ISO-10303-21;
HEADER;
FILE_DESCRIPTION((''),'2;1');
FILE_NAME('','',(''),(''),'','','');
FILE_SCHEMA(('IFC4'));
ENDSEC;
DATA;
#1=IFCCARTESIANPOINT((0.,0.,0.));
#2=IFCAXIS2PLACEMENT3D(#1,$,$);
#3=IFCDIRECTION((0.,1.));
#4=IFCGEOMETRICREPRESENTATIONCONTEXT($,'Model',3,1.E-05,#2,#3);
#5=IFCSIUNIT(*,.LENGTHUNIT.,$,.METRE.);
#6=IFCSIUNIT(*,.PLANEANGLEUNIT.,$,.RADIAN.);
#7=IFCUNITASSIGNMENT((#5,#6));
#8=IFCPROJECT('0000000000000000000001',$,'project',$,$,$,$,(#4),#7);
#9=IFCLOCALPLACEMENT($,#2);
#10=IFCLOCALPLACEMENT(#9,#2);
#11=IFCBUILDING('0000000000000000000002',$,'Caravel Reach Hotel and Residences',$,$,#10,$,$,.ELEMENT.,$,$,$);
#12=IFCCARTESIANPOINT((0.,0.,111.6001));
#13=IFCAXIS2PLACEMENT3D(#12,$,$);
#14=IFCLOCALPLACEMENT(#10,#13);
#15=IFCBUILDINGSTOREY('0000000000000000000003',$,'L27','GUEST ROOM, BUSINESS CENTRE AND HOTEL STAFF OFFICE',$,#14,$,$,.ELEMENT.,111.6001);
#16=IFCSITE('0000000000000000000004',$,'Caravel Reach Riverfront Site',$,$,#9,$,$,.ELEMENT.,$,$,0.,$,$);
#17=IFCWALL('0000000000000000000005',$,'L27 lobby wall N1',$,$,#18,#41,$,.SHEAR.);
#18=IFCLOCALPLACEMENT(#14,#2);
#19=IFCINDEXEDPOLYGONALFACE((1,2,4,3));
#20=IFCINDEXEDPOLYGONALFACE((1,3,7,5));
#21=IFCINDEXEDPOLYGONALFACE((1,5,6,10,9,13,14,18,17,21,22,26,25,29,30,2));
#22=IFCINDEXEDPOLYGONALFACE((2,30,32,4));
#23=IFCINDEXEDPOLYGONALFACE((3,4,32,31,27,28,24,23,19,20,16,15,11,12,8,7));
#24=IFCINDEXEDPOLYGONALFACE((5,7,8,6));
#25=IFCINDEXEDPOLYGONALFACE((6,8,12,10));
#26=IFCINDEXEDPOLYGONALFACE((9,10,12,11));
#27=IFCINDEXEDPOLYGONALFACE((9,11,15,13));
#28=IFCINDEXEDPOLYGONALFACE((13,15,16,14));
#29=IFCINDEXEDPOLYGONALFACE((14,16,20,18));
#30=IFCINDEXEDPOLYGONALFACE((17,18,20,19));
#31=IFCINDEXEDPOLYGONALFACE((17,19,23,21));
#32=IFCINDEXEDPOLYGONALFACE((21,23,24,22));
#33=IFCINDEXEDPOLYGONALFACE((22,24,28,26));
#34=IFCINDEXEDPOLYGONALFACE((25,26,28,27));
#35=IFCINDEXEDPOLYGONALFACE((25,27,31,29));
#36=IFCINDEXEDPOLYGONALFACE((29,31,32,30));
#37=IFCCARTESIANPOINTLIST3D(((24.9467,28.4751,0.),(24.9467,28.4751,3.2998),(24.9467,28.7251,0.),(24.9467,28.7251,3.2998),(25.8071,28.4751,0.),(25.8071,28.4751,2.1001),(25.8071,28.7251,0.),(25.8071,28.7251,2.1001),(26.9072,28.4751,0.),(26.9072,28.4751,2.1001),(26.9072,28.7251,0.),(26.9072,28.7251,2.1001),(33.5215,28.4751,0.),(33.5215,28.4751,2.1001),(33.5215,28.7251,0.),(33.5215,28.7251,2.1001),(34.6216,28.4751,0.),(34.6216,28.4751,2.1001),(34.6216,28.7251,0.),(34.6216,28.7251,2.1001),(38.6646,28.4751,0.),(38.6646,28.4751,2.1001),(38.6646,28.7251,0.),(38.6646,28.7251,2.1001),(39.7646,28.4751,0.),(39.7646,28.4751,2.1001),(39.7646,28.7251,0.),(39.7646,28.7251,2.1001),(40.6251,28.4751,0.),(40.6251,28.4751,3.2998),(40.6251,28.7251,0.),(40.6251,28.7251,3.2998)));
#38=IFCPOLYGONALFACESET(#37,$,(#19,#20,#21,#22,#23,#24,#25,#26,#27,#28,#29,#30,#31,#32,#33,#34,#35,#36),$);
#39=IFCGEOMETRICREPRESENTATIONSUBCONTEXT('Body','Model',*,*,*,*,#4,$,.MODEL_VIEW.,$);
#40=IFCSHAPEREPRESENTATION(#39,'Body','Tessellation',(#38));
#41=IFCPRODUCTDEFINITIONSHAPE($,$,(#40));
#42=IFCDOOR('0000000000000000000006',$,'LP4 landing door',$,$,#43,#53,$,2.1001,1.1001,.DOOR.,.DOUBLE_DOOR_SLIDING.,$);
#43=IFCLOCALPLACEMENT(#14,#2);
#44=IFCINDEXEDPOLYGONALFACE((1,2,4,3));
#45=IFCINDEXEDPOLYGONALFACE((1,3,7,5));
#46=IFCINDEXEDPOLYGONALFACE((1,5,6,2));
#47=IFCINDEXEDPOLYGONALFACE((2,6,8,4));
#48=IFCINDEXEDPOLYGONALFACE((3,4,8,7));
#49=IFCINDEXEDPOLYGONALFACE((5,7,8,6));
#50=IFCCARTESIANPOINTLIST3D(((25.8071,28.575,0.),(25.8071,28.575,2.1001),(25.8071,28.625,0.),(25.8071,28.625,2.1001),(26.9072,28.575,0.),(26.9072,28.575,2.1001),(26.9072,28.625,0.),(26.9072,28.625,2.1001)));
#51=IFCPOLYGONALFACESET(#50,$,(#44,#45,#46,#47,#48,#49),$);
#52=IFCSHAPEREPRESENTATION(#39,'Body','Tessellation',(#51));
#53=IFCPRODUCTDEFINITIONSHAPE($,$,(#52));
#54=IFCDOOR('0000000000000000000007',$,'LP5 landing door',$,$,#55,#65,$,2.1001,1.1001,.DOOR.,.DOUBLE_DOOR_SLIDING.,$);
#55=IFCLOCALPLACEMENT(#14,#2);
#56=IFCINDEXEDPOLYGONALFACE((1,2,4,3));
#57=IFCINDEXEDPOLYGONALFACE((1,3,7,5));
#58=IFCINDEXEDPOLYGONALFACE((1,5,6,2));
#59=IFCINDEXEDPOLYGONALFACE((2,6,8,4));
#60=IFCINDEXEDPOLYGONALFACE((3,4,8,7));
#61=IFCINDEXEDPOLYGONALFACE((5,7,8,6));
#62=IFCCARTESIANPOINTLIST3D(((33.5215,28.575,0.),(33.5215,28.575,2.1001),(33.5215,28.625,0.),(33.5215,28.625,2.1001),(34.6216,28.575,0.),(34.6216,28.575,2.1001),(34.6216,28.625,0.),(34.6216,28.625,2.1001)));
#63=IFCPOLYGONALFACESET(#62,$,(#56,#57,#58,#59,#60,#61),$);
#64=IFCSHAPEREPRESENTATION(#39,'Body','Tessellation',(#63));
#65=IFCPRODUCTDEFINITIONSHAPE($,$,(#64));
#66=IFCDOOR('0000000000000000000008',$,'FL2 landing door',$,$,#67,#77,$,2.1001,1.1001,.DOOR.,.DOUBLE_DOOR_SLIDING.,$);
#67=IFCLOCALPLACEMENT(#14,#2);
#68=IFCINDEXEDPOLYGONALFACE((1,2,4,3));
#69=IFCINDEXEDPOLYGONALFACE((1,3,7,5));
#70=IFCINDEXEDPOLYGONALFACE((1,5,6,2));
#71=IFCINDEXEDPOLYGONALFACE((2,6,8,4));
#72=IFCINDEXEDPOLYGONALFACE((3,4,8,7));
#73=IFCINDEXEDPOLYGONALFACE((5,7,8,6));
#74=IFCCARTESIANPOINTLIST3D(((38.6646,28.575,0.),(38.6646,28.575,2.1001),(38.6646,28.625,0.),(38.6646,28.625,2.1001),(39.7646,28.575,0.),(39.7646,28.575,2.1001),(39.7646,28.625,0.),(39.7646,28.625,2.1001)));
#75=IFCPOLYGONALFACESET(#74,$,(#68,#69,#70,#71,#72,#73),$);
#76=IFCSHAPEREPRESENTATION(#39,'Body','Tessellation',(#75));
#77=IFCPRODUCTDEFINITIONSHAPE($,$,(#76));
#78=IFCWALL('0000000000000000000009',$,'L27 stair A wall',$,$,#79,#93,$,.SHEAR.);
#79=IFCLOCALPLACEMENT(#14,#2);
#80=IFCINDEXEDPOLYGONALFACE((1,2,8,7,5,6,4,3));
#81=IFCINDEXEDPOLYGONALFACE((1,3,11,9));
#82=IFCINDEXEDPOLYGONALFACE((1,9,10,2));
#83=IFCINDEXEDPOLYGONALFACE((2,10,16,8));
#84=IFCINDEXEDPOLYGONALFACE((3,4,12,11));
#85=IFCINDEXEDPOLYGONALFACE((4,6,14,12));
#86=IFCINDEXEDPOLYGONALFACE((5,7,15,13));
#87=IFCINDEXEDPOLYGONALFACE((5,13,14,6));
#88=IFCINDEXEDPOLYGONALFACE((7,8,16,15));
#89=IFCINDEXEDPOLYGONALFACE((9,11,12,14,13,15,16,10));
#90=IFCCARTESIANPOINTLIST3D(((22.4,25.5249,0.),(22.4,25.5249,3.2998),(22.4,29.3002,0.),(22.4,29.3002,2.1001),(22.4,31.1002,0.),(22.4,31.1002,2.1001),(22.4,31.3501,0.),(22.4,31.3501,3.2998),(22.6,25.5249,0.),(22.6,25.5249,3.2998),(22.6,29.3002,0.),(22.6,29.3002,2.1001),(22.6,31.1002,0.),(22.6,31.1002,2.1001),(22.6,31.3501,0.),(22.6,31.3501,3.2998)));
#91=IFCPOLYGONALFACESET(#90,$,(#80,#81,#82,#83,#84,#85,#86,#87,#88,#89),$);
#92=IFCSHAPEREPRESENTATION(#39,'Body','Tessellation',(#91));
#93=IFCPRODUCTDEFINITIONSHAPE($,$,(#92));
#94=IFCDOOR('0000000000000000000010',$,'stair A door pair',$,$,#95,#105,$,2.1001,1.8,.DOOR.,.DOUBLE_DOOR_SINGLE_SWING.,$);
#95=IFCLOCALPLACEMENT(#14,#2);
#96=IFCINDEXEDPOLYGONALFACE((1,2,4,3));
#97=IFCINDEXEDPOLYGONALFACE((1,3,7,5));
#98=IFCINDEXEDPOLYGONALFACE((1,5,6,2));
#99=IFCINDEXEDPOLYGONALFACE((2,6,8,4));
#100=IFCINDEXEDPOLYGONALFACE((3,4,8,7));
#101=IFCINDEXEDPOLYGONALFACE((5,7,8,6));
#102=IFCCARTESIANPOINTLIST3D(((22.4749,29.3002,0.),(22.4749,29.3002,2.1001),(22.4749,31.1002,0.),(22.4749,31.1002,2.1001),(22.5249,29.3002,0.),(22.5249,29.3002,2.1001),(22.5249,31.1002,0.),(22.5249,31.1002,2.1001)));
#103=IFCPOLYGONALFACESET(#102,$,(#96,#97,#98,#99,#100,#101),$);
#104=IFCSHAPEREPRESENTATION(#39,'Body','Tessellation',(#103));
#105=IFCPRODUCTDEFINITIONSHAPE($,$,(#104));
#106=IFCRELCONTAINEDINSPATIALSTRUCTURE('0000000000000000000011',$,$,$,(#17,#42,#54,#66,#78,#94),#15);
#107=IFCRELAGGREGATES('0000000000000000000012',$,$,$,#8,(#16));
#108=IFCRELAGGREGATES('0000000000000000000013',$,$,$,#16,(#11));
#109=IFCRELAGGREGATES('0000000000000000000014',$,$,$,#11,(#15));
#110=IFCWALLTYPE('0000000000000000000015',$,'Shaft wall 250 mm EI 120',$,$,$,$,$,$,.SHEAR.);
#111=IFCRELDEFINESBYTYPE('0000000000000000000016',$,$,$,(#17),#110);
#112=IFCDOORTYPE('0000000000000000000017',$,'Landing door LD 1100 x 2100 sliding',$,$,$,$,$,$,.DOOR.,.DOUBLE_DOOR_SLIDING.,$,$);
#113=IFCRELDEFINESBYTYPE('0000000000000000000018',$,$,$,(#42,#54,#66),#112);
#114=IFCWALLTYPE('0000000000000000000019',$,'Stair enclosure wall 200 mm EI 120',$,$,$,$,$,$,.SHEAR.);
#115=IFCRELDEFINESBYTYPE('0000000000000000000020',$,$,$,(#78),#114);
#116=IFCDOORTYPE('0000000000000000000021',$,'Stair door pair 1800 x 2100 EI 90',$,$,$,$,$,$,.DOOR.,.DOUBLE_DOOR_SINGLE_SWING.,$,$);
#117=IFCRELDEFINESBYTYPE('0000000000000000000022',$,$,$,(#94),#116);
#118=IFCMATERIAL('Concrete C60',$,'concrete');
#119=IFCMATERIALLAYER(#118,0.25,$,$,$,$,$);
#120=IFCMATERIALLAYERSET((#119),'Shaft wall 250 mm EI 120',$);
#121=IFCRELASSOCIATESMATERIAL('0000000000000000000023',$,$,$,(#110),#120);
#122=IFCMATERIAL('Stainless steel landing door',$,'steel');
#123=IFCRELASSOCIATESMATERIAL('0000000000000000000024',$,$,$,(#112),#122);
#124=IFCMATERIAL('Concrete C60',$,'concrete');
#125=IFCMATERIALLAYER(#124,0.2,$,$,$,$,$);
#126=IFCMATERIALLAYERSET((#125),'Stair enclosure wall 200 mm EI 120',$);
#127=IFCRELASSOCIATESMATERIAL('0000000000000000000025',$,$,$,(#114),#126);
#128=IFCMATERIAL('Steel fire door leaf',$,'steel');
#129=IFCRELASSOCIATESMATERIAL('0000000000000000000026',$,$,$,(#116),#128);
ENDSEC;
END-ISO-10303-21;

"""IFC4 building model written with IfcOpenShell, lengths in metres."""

from ifc_helpers import new_model, si_unit, direction, frame, frame_2d, origin, place, context, subcontext, project, spatial, rectangle, extrude, material, layer, layer_set, type_object, element, fill, save


model = new_model("IFC4")

# Units and contexts
model_context = context("Model", 3, precision=1e-05, world=origin(), true_north=direction((0.0, 1.0)))
body_context = subcontext(model_context, "Body", "Model", "MODEL_VIEW")
ifc_project = project(units=[si_unit("LENGTHUNIT", "METRE"), si_unit("PLANEANGLEUNIT", "RADIAN")], contexts=[model_context])

# Site, building, storey
site_placement = place(None, origin())
site = spatial("IfcSite", under=ifc_project, at=site_placement, Name="Caravel Reach Riverfront Site", CompositionType="ELEMENT", RefElevation=0.0)
building_placement = place(site_placement, origin())
building = spatial("IfcBuilding", under=site, at=building_placement, Name="Caravel Reach Hotel and Residences", CompositionType="ELEMENT")
storey_placement = place(building_placement, frame((0.0, 0.0, 111.6001)))
storey = spatial("IfcBuildingStorey", under=building, at=storey_placement, Name="L27", Description="GUEST ROOM, BUSINESS CENTRE AND HOTEL STAFF OFFICE", CompositionType="ELEMENT", Elevation=111.6001)

# Wall, openings, doors
ifc_material_1 = material(Name="Concrete C60", Category="concrete")
ifc_layer_1 = layer(ifc_material_1, 0.25)
ifc_layer_set_1 = layer_set([ifc_layer_1], Name="Shaft wall 250 mm EI 120")
wall_type_1 = type_object("IfcWallType", Name="Shaft wall 250 mm EI 120", PredefinedType="SHEAR", material=ifc_layer_set_1)
wall_1_placement = place(storey_placement, frame((24.9465, 28.6001, 0.0), z_axis=(0.0, 0.0, 1.0), x_axis=(1.0, 0.0, 0.0)))
wall_1 = element("IfcWall", 1, at=wall_1_placement, inside=storey, type_object=wall_type_1, Name="L27 lobby wall N1", PredefinedType="SHEAR", context=body_context, shape_type="SweptSolid", body=[
    extrude(rectangle(XDim=15.6785, YDim=0.25, at=frame_2d((7.8394, 0.0))), origin(), (0.0, 0.0, 1.0), 3.2998),
])
opening_1_placement = place(wall_1_placement, frame((0.8606, 0.0, 0.0)))
opening_1 = element("IfcOpeningElement", 2, at=opening_1_placement, cuts=wall_1, PredefinedType="OPENING", context=body_context, shape_type="SweptSolid", body=[
    extrude(rectangle(XDim=1.1001, YDim=2.1001, at=frame_2d((0.55, 1.05))), frame((0.0, 0.135, 0.0), z_axis=(0.0, -1.0, 0.0), x_axis=(1.0, 0.0, 0.0)), (0.0, 0.0, 1.0), 0.27),
])
opening_2_placement = place(wall_1_placement, frame((8.575, 0.0, 0.0)))
opening_2 = element("IfcOpeningElement", 3, at=opening_2_placement, cuts=wall_1, PredefinedType="OPENING", context=body_context, shape_type="SweptSolid", body=[
    extrude(rectangle(XDim=1.1001, YDim=2.1001, at=frame_2d((0.55, 1.05))), frame((0.0, 0.135, 0.0), z_axis=(0.0, -1.0, 0.0), x_axis=(1.0, 0.0, 0.0)), (0.0, 0.0, 1.0), 0.27),
])
opening_3_placement = place(wall_1_placement, frame((13.718, 0.0, 0.0)))
opening_3 = element("IfcOpeningElement", 4, at=opening_3_placement, cuts=wall_1, PredefinedType="OPENING", context=body_context, shape_type="SweptSolid", body=[
    extrude(rectangle(XDim=1.1001, YDim=2.1001, at=frame_2d((0.55, 1.05))), frame((0.0, 0.135, 0.0), z_axis=(0.0, -1.0, 0.0), x_axis=(1.0, 0.0, 0.0)), (0.0, 0.0, 1.0), 0.27),
])
ifc_material_2 = material(Name="Stainless steel landing door", Category="steel")
door_type_1 = type_object("IfcDoorType", Name="Landing door LD 1100 x 2100 sliding", OperationType="DOUBLE_DOOR_SLIDING", PredefinedType="DOOR", material=ifc_material_2)
door_1_placement = place(opening_1_placement, origin())
door_1 = element("IfcDoor", 5, at=door_1_placement, inside=storey, type_object=door_type_1, Name="LP4 landing door", OperationType="DOUBLE_DOOR_SLIDING", OverallHeight=2.1001, OverallWidth=1.1001, PredefinedType="DOOR", context=body_context, shape_type="SweptSolid", body=[
    extrude(rectangle(XDim=1.1001, YDim=2.1001, at=frame_2d((0.55, 1.05))), frame((0.0, 0.0249, 0.0), z_axis=(0.0, -1.0, 0.0), x_axis=(1.0, 0.0, 0.0)), (0.0, 0.0, 1.0), 0.05),
])
fill(opening_1, door_1)
door_2_placement = place(opening_2_placement, origin())
door_2 = element("IfcDoor", 6, at=door_2_placement, inside=storey, type_object=door_type_1, Name="LP5 landing door", OperationType="DOUBLE_DOOR_SLIDING", OverallHeight=2.1001, OverallWidth=1.1001, PredefinedType="DOOR", context=body_context, shape_type="SweptSolid", body=[
    extrude(rectangle(XDim=1.1001, YDim=2.1001, at=frame_2d((0.55, 1.05))), frame((0.0, 0.0249, 0.0), z_axis=(0.0, -1.0, 0.0), x_axis=(1.0, 0.0, 0.0)), (0.0, 0.0, 1.0), 0.05),
])
fill(opening_2, door_2)
door_3_placement = place(opening_3_placement, origin())
door_3 = element("IfcDoor", 7, at=door_3_placement, inside=storey, type_object=door_type_1, Name="FL2 landing door", OperationType="DOUBLE_DOOR_SLIDING", OverallHeight=2.1001, OverallWidth=1.1001, PredefinedType="DOOR", context=body_context, shape_type="SweptSolid", body=[
    extrude(rectangle(XDim=1.1001, YDim=2.1001, at=frame_2d((0.55, 1.05))), frame((0.0, 0.0249, 0.0), z_axis=(0.0, -1.0, 0.0), x_axis=(1.0, 0.0, 0.0)), (0.0, 0.0, 1.0), 0.05),
])
fill(opening_3, door_3)

# Wall, opening, door
ifc_material_3 = material(Name="Concrete C60", Category="concrete")
ifc_layer_2 = layer(ifc_material_3, 0.2)
ifc_layer_set_2 = layer_set([ifc_layer_2], Name="Stair enclosure wall 200 mm EI 120")
wall_type_2 = type_object("IfcWallType", Name="Stair enclosure wall 200 mm EI 120", PredefinedType="SHEAR", material=ifc_layer_set_2)
wall_2_placement = place(storey_placement, frame((22.5, 31.3501, 0.0), z_axis=(0.0, 0.0, 1.0), x_axis=(0.0, -1.0, 0.0)))
wall_2 = element("IfcWall", 8, at=wall_2_placement, inside=storey, type_object=wall_type_2, Name="L27 stair A wall", PredefinedType="SHEAR", context=body_context, shape_type="SweptSolid", body=[
    extrude(rectangle(XDim=5.8252, YDim=0.2, at=frame_2d((2.9126, 0.0))), origin(), (0.0, 0.0, 1.0), 3.2998),
])
opening_4_placement = place(wall_2_placement, frame((0.25, 0.0, 0.0)))
opening_4 = element("IfcOpeningElement", 9, at=opening_4_placement, cuts=wall_2, PredefinedType="OPENING", context=body_context, shape_type="SweptSolid", body=[
    extrude(rectangle(XDim=1.8, YDim=2.1001, at=frame_2d((0.8999, 1.05))), frame((0.0, 0.1099, 0.0), z_axis=(0.0, -1.0, 0.0), x_axis=(1.0, 0.0, 0.0)), (0.0, 0.0, 1.0), 0.22),
])
ifc_material_4 = material(Name="Steel fire door leaf", Category="steel")
door_type_2 = type_object("IfcDoorType", Name="Stair door pair 1800 x 2100 EI 90", OperationType="DOUBLE_DOOR_SINGLE_SWING", PredefinedType="DOOR", material=ifc_material_4)
door_4_placement = place(opening_4_placement, origin())
door_4 = element("IfcDoor", 10, at=door_4_placement, inside=storey, type_object=door_type_2, Name="stair A door pair", OperationType="DOUBLE_DOOR_SINGLE_SWING", OverallHeight=2.1001, OverallWidth=1.8, PredefinedType="DOOR", context=body_context, shape_type="SweptSolid", body=[
    extrude(rectangle(XDim=1.8, YDim=2.1001, at=frame_2d((0.8999, 1.05))), frame((0.0, 0.0249, 0.0), z_axis=(0.0, -1.0, 0.0), x_axis=(1.0, 0.0, 0.0)), (0.0, 0.0, 1.0), 0.05),
])
fill(opening_4, door_4)

save(model, "model.ifc")
